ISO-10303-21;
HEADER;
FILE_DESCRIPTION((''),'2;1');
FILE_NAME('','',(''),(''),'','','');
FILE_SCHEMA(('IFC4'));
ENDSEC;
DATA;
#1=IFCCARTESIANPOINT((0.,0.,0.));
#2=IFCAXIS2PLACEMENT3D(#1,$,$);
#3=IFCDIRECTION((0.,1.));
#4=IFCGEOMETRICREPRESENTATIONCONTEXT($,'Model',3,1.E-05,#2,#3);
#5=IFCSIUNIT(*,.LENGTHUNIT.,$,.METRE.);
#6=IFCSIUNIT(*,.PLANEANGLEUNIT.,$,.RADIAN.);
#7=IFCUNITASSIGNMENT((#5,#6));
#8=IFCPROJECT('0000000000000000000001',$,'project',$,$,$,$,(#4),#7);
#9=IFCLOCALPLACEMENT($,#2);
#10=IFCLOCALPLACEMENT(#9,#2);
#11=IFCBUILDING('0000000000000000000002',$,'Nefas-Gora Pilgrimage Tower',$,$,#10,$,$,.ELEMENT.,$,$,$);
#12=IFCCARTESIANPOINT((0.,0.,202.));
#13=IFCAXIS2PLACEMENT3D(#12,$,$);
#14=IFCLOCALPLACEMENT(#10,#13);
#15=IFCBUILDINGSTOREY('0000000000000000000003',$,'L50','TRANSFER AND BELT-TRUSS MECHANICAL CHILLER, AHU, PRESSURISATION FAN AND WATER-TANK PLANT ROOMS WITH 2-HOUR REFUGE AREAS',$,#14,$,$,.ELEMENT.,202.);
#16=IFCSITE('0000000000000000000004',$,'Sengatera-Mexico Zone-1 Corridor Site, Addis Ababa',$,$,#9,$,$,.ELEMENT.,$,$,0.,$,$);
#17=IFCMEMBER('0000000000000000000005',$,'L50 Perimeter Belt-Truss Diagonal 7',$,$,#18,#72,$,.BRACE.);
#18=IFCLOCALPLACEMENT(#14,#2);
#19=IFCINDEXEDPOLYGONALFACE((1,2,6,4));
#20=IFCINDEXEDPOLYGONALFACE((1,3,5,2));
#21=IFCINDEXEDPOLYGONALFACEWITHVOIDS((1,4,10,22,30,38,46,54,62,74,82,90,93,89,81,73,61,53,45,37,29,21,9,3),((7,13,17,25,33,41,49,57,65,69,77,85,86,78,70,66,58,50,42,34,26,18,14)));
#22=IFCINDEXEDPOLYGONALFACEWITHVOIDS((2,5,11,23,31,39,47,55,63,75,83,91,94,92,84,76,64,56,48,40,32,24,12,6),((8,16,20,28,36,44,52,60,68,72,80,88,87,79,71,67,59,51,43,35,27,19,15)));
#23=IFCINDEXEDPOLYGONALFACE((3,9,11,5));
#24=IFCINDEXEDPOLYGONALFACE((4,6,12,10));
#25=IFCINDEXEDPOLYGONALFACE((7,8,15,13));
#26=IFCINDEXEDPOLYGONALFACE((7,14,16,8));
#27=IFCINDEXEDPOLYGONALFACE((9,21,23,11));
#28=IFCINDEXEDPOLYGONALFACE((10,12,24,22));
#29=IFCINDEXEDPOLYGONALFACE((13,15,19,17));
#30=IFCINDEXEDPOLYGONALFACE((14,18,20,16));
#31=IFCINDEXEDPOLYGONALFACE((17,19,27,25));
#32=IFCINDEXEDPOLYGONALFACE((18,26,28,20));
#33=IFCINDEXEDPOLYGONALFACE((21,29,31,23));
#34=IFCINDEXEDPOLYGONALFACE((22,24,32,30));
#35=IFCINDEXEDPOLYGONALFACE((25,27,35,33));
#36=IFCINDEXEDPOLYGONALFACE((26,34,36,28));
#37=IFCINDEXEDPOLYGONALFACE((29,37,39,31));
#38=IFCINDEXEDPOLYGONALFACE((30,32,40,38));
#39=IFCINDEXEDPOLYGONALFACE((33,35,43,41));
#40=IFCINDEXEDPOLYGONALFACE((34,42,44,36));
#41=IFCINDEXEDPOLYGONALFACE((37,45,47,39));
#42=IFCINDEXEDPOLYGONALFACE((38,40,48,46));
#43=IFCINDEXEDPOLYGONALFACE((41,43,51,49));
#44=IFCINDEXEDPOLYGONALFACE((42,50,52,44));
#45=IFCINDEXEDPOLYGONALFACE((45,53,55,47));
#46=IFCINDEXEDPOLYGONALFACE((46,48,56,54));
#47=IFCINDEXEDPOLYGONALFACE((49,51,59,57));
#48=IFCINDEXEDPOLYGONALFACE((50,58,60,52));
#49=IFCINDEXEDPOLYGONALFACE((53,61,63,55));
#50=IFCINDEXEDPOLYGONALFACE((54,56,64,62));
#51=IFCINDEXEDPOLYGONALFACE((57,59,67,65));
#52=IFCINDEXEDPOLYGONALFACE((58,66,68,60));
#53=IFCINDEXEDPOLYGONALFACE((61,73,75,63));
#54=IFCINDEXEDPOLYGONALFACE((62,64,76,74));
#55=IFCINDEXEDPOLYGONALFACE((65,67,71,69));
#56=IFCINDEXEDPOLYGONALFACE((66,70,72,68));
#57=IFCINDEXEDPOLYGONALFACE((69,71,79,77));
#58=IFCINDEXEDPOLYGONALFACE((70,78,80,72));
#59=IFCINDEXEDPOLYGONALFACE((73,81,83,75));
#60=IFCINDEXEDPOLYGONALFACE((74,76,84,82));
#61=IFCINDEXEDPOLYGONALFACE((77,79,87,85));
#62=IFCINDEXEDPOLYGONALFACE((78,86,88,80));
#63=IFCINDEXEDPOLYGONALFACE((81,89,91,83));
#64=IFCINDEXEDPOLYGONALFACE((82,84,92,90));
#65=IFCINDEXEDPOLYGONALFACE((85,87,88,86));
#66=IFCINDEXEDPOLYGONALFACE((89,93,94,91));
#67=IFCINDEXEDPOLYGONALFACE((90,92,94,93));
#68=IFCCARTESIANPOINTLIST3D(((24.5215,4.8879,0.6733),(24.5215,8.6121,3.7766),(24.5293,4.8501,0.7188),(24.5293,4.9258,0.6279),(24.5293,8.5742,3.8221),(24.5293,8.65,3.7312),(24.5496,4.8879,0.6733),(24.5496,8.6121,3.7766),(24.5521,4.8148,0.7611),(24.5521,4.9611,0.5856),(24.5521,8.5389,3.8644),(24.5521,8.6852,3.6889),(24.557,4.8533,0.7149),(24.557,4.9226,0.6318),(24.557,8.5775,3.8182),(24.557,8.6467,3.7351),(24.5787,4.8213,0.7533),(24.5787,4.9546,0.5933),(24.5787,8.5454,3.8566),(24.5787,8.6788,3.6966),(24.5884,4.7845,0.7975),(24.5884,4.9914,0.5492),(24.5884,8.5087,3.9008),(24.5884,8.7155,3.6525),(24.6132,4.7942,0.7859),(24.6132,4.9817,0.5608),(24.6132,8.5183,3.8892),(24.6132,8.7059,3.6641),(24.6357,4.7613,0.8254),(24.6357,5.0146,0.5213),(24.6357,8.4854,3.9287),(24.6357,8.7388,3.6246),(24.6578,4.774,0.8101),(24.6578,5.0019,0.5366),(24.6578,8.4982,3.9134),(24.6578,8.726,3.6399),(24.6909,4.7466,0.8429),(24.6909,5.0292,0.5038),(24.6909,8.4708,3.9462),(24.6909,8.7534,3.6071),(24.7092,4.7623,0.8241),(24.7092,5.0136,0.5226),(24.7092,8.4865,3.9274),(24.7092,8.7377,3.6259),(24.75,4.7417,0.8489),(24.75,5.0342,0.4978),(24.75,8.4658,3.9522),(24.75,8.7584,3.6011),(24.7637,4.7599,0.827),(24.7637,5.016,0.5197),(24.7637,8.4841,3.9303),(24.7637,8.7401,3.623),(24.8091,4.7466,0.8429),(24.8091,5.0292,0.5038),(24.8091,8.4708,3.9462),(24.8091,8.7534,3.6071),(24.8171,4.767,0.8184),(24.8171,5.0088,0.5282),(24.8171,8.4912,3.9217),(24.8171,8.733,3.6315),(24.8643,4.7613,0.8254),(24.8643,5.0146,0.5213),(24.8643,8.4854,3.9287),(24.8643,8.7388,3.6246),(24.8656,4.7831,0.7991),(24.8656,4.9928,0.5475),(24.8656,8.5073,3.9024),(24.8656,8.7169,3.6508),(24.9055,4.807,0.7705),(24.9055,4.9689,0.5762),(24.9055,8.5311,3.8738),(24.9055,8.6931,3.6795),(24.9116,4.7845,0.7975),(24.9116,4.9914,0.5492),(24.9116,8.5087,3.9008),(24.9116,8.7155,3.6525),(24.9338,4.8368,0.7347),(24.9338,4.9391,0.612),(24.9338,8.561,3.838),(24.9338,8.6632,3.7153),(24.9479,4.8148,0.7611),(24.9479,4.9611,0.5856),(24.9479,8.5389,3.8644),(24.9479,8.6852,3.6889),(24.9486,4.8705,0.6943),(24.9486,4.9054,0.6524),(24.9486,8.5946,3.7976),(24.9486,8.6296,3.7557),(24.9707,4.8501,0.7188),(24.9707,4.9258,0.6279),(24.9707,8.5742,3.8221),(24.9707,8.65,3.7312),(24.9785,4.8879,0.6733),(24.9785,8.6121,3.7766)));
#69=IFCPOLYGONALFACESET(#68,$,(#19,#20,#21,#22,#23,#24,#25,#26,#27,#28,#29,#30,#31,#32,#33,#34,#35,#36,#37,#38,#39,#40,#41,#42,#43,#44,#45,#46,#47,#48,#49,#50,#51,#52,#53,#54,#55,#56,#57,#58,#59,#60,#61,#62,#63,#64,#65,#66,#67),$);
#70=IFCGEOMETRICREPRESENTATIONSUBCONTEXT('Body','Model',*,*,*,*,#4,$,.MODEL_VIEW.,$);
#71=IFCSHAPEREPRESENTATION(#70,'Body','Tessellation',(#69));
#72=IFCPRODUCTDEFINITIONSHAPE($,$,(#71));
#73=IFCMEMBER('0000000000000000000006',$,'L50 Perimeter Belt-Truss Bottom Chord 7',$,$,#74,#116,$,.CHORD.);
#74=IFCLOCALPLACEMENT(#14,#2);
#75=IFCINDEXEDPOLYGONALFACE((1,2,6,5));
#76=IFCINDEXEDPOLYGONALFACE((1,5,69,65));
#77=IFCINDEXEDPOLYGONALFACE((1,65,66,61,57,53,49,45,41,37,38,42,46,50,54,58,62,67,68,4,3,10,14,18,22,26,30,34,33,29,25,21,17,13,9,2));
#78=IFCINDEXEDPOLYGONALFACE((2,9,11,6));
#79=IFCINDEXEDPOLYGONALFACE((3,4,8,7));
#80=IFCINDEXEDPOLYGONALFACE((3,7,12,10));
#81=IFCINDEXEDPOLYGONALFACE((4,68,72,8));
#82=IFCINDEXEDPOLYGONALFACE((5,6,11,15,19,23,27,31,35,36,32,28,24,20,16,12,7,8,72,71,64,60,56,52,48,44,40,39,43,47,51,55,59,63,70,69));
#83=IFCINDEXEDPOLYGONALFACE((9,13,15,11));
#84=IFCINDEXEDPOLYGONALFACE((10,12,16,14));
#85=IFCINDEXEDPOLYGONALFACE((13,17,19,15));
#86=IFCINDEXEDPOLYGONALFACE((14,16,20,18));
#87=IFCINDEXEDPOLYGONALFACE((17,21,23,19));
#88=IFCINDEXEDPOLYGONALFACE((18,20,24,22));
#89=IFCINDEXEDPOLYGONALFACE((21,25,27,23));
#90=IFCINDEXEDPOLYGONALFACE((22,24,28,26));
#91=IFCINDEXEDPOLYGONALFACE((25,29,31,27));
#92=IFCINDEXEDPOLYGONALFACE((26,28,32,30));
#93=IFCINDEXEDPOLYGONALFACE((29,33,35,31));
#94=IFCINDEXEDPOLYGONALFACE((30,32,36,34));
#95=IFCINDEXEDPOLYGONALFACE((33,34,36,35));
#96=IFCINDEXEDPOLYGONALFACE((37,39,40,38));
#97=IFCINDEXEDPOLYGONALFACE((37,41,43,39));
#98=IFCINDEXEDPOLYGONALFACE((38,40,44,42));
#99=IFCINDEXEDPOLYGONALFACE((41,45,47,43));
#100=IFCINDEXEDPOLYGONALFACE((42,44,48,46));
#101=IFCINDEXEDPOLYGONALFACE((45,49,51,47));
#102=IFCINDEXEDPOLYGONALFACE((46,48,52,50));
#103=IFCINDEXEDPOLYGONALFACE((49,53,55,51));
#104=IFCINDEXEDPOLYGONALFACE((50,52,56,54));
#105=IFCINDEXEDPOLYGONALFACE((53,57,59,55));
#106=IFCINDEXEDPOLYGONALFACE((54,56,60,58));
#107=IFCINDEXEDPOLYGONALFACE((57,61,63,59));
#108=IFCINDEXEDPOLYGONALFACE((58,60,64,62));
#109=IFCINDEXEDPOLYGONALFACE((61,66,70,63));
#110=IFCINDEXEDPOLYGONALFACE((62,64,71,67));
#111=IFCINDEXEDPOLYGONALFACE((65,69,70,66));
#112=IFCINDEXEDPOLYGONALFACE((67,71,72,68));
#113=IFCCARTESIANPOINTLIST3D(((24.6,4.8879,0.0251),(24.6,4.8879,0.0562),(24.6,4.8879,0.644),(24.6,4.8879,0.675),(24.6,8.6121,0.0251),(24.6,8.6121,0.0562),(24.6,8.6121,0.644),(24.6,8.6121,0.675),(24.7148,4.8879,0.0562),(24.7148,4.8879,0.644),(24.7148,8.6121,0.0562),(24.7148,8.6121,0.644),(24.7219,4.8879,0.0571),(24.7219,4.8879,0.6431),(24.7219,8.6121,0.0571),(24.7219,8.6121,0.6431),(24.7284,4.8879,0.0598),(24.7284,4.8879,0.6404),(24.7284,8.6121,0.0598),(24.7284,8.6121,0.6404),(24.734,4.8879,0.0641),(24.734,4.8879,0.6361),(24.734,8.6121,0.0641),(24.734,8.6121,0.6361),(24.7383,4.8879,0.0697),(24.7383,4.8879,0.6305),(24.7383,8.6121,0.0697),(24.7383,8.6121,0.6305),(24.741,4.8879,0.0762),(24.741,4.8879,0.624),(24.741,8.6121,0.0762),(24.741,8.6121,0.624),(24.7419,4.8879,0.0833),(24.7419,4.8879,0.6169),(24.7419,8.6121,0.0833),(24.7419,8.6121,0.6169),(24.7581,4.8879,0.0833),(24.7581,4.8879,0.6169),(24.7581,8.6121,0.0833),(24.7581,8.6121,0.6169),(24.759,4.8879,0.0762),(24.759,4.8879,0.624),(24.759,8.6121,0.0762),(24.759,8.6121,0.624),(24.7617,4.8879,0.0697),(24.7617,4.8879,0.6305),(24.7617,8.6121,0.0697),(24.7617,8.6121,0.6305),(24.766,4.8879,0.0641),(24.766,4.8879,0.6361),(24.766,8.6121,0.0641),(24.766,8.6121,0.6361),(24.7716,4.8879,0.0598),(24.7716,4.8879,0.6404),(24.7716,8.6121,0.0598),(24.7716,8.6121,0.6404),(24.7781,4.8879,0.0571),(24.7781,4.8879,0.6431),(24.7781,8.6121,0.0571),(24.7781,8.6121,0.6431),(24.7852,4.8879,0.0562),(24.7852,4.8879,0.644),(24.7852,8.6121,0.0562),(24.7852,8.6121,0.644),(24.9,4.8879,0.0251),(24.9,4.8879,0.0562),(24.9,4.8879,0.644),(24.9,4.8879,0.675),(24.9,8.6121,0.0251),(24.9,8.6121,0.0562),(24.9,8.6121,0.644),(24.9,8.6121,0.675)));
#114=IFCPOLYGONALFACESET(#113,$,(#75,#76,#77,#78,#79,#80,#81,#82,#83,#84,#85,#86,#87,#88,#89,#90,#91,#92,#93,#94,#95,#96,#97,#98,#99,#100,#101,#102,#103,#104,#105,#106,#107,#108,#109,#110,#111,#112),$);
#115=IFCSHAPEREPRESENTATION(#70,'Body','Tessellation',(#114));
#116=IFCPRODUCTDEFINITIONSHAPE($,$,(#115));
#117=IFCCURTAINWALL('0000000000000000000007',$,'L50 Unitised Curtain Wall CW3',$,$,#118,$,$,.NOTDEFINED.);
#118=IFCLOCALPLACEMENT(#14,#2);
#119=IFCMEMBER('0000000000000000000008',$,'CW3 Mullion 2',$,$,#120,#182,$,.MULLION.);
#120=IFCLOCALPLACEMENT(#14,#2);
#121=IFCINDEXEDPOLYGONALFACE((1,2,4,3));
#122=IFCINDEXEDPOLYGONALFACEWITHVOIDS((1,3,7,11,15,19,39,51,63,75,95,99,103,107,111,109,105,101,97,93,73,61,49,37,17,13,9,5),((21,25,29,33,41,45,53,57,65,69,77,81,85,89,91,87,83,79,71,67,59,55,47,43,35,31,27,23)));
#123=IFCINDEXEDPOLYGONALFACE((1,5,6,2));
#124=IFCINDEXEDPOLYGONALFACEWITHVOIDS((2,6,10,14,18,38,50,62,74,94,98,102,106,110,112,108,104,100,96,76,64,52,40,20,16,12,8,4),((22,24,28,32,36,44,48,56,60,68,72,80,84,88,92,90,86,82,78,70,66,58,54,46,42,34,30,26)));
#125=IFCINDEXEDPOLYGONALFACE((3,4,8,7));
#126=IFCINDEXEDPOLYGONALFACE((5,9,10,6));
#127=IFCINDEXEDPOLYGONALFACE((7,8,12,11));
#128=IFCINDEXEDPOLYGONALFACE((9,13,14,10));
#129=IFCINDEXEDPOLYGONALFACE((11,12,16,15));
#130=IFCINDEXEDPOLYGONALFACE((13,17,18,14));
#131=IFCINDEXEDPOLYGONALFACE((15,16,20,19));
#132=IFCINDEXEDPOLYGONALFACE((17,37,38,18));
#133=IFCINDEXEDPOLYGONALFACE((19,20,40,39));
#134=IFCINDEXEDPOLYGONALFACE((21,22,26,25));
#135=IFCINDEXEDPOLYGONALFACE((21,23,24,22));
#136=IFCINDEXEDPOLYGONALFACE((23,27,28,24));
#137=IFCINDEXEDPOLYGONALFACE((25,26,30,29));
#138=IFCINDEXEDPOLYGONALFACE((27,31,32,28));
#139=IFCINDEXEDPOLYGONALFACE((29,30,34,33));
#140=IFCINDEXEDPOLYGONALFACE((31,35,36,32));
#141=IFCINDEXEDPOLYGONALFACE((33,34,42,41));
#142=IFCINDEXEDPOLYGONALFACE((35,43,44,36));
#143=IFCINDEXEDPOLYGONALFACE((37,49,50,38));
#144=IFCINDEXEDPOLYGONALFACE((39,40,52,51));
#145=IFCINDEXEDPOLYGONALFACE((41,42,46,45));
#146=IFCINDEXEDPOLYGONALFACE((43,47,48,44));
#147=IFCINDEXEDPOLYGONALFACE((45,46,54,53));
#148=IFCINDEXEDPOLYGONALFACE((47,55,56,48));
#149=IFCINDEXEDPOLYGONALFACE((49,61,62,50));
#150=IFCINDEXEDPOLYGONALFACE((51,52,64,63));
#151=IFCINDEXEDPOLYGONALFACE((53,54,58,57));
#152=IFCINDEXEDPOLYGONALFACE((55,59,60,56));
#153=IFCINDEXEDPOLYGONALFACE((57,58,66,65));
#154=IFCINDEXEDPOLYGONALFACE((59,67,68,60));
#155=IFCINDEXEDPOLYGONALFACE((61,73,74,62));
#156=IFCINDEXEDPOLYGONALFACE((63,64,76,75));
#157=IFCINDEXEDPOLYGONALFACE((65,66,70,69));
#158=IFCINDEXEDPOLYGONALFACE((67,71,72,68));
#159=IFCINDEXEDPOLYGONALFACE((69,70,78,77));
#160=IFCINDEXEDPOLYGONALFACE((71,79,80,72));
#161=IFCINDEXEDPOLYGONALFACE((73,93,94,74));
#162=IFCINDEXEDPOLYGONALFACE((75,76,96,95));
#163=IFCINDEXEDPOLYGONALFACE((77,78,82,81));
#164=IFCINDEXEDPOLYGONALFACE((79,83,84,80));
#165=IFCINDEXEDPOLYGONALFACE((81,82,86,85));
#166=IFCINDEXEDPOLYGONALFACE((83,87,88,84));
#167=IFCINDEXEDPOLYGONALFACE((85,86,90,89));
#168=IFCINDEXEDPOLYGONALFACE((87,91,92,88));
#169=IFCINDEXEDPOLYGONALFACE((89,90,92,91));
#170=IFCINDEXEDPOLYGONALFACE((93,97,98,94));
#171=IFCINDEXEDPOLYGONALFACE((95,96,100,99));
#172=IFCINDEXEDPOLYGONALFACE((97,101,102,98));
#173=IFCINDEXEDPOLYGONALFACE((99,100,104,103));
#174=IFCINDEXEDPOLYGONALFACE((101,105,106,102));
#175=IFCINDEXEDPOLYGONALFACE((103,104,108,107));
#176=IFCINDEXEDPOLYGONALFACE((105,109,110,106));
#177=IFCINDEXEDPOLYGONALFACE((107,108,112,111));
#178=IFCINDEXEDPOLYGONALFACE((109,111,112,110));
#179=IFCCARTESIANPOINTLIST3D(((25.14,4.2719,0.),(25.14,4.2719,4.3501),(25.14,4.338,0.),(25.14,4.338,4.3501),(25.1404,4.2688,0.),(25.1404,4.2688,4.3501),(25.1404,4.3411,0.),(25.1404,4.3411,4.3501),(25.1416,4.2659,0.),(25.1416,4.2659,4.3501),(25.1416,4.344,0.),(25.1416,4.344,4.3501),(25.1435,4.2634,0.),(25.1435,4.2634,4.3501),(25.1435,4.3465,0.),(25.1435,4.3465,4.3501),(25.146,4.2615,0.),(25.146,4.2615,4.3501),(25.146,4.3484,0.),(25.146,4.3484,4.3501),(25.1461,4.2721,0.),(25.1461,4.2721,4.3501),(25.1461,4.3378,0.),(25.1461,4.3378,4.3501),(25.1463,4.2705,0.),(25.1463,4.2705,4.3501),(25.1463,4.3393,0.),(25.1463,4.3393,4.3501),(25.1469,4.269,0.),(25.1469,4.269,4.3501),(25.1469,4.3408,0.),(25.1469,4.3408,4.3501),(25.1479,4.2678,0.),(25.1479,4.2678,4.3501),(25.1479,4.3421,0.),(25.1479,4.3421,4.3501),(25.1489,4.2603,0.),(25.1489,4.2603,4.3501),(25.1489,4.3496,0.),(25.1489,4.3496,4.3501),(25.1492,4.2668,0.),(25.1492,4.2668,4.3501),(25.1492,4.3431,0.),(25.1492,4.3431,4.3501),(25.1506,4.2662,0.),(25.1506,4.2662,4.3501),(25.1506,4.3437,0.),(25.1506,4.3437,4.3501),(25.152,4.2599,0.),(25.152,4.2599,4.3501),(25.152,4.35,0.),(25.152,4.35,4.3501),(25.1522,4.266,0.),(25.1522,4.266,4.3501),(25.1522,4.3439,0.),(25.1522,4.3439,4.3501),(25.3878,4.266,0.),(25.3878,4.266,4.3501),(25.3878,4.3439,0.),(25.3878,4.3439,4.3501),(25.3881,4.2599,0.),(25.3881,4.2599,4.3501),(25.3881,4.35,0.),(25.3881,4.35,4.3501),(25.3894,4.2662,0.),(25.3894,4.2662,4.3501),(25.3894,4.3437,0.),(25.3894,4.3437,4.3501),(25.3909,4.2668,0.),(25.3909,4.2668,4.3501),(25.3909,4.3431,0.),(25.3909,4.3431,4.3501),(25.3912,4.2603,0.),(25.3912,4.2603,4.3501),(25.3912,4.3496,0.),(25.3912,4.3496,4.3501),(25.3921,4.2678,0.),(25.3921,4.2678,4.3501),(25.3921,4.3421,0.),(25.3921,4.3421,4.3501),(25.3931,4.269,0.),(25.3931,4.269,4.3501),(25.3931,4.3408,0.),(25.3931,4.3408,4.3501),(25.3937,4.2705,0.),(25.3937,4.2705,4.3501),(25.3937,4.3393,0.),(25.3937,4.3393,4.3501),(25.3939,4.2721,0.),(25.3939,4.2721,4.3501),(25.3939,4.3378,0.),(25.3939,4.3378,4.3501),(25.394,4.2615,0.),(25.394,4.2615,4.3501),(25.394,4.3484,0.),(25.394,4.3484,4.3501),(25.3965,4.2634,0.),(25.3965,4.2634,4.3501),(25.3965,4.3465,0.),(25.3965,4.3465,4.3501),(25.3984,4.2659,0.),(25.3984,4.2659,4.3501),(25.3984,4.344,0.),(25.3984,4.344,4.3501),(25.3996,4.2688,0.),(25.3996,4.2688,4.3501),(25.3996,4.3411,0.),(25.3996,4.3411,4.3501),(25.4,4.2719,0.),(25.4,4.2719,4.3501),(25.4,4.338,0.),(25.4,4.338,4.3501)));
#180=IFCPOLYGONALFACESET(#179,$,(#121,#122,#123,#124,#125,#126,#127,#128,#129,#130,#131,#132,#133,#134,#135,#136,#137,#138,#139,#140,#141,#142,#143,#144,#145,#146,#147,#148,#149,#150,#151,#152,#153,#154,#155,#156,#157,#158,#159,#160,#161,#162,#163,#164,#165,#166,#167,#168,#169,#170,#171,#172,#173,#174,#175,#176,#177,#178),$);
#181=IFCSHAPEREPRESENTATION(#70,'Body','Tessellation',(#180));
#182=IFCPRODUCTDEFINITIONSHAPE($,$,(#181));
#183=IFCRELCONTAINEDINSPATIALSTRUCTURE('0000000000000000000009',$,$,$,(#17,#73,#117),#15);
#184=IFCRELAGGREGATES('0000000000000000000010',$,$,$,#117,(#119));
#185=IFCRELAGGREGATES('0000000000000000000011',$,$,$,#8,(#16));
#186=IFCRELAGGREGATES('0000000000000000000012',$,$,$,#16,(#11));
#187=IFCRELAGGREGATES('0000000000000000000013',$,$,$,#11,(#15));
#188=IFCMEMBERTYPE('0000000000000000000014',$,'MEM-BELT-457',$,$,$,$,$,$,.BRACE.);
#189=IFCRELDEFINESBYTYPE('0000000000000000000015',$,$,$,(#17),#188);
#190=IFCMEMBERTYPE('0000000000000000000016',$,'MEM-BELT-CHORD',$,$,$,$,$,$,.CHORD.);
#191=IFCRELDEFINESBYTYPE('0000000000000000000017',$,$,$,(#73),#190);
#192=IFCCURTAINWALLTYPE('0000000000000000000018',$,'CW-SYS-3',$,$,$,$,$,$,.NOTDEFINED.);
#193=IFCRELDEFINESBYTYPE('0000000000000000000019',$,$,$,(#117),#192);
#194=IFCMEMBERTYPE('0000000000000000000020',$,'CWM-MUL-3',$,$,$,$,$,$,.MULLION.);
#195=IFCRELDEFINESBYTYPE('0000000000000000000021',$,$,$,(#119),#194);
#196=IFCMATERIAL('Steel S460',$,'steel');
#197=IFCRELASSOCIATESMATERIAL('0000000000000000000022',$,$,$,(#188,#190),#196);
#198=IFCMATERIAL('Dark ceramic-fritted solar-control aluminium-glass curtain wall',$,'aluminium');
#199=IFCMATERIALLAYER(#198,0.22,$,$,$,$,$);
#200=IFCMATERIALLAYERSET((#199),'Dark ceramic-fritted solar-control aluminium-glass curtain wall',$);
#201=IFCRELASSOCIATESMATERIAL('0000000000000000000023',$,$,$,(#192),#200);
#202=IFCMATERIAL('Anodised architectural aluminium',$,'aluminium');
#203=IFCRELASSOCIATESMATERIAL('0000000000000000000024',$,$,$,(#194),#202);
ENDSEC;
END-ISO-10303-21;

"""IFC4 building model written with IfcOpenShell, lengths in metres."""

from ifc_helpers import new_model, si_unit, direction, frame, origin, origin_2d, place, context, subcontext, project, spatial, hollow_rectangle, hollow_circle, i_section, extrude, source, transform, mapped, material, layer, layer_set, material_profile, profile_set, type_object, element, aggregate, save


model = new_model("IFC4")

# Units and contexts
model_context = context("Model", 3, precision=1e-05, world=origin(), true_north=direction((0.0, 1.0)))
body_context = subcontext(model_context, "Body", "Model", "MODEL_VIEW")
ifc_project = project(units=[si_unit("LENGTHUNIT", "METRE"), si_unit("PLANEANGLEUNIT", "RADIAN")], contexts=[model_context])

# Site, building, storey
site_placement = place(None, origin())
site = spatial("IfcSite", under=ifc_project, at=site_placement, Name="Sengatera-Mexico Zone-1 Corridor Site, Addis Ababa", CompositionType="ELEMENT", RefElevation=0.0)
building_placement = place(site_placement, origin())
building = spatial("IfcBuilding", under=site, at=building_placement, Name="Nefas-Gora Pilgrimage Tower", CompositionType="ELEMENT")
storey_placement = place(building_placement, frame((0.0, 0.0, 202.0)))
storey = spatial("IfcBuildingStorey", under=building, at=storey_placement, Name="L50", Description="TRANSFER AND BELT-TRUSS MECHANICAL CHILLER, AHU, PRESSURISATION FAN AND WATER-TANK PLANT ROOMS WITH 2-HOUR REFUGE AREAS", CompositionType="ELEMENT", Elevation=202.0)

# Shared definitions
ifc_material_1 = material(Name="Steel S460", Category="steel")

# Members
ifc_material_profile_1 = material_profile(ifc_material_1, hollow_circle(Radius=0.2285, WallThickness=0.0281, at=origin_2d()), Name="CHS 457x28")
ifc_profile_set_1 = profile_set([ifc_material_profile_1], Name="Steel S460")
member_type_1 = type_object("IfcMemberType", Name="MEM-BELT-457", PredefinedType="BRACE", material=ifc_profile_set_1)
shared_shape_1 = source(origin(), body_context, "Body", "SweptSolid", [
    extrude(hollow_circle(Radius=0.2285, WallThickness=0.0281, at=origin_2d()), origin(), (0.0, 0.0, 1.0), 4.8477),
])
member_1_placement = place(storey_placement, frame((24.75, 4.8879, 0.6733), z_axis=(0.0, 0.768238, 0.640165), x_axis=(-1.0, 0.0, 0.0)))
element("IfcMember", 1, at=member_1_placement, inside=storey, type_object=member_type_1, Name="L50 Perimeter Belt-Truss Diagonal 7", PredefinedType="BRACE", context=body_context, shape_type="MappedRepresentation", body=[
    mapped(shared_shape_1, transform((0.0, 0.0, 0.0), x_axis=(1.0, 0.0, 0.0), y_axis=(0.0, 1.0, 0.0), z_axis=(0.0, 0.0, 1.0), scale=1.0)),
])
ifc_material_profile_2 = material_profile(ifc_material_1, i_section(OverallWidth=0.3, OverallDepth=0.6499, WebThickness=0.0161, FlangeThickness=0.031, FilletRadius=0.0271, at=origin_2d()), Name="HEB 650")
ifc_profile_set_2 = profile_set([ifc_material_profile_2], Name="Steel S460")
member_type_2 = type_object("IfcMemberType", Name="MEM-BELT-CHORD", PredefinedType="CHORD", material=ifc_profile_set_2)
shared_shape_2 = source(origin(), body_context, "Body", "SweptSolid", [
    extrude(i_section(OverallWidth=0.3, OverallDepth=0.6499, WebThickness=0.0161, FlangeThickness=0.031, FilletRadius=0.0271, at=origin_2d()), origin(), (0.0, 0.0, 1.0), 3.7241),
])
member_2_placement = place(storey_placement, frame((24.75, 4.8879, 0.3501), z_axis=(0.0, 1.0, 0.0), x_axis=(-1.0, 0.0, 0.0)))
element("IfcMember", 2, at=member_2_placement, inside=storey, type_object=member_type_2, Name="L50 Perimeter Belt-Truss Bottom Chord 7", PredefinedType="CHORD", context=body_context, shape_type="MappedRepresentation", body=[
    mapped(shared_shape_2, transform((0.0, 0.0, 0.0), x_axis=(1.0, 0.0, 0.0), y_axis=(0.0, 1.0, 0.0), z_axis=(0.0, 0.0, 1.0), scale=1.0)),
])

# Curtain wall, member
ifc_material_2 = material(Name="Dark ceramic-fritted solar-control aluminium-glass curtain wall", Category="aluminium")
ifc_layer_1 = layer(ifc_material_2, 0.22)
ifc_layer_set_1 = layer_set([ifc_layer_1], Name="Dark ceramic-fritted solar-control aluminium-glass curtain wall")
curtain_wall_type = type_object("IfcCurtainWallType", Name="CW-SYS-3", PredefinedType="NOTDEFINED", material=ifc_layer_set_1)
curtain_wall_placement = place(storey_placement, origin())
curtain_wall = element("IfcCurtainWall", 3, at=curtain_wall_placement, inside=storey, type_object=curtain_wall_type, Name="L50 Unitised Curtain Wall CW3", PredefinedType="NOTDEFINED")
ifc_material_3 = material(Name="Anodised architectural aluminium", Category="aluminium")
ifc_material_profile_3 = material_profile(ifc_material_3, hollow_rectangle(XDim=0.0901, YDim=0.26, WallThickness=0.0061, InnerFilletRadius=0.0061, OuterFilletRadius=0.012, at=origin_2d()), Name="ALU MULLION 90x260")
ifc_profile_set_3 = profile_set([ifc_material_profile_3], Name="Anodised architectural aluminium")
member_type_3 = type_object("IfcMemberType", Name="CWM-MUL-3", PredefinedType="MULLION", material=ifc_profile_set_3)
shared_shape_3 = source(origin(), body_context, "Body", "SweptSolid", [
    extrude(hollow_rectangle(XDim=0.0901, YDim=0.26, WallThickness=0.0061, InnerFilletRadius=0.0061, OuterFilletRadius=0.012, at=origin_2d()), origin(), (0.0, 0.0, 1.0), 4.3501),
])
member_3_placement = place(storey_placement, frame((25.27, 4.3049, 0.0), z_axis=(0.0, 0.0, 1.0), x_axis=(0.0, 1.0, 0.0)))
member_3 = element("IfcMember", 4, at=member_3_placement, type_object=member_type_3, Name="CW3 Mullion 2", PredefinedType="MULLION", context=body_context, shape_type="MappedRepresentation", body=[
    mapped(shared_shape_3, transform((0.0, 0.0, 0.0), x_axis=(1.0, 0.0, 0.0), y_axis=(0.0, 1.0, 0.0), z_axis=(0.0, 0.0, 1.0), scale=1.0)),
])

aggregate(curtain_wall, [member_3])

save(model, "model.ifc")
